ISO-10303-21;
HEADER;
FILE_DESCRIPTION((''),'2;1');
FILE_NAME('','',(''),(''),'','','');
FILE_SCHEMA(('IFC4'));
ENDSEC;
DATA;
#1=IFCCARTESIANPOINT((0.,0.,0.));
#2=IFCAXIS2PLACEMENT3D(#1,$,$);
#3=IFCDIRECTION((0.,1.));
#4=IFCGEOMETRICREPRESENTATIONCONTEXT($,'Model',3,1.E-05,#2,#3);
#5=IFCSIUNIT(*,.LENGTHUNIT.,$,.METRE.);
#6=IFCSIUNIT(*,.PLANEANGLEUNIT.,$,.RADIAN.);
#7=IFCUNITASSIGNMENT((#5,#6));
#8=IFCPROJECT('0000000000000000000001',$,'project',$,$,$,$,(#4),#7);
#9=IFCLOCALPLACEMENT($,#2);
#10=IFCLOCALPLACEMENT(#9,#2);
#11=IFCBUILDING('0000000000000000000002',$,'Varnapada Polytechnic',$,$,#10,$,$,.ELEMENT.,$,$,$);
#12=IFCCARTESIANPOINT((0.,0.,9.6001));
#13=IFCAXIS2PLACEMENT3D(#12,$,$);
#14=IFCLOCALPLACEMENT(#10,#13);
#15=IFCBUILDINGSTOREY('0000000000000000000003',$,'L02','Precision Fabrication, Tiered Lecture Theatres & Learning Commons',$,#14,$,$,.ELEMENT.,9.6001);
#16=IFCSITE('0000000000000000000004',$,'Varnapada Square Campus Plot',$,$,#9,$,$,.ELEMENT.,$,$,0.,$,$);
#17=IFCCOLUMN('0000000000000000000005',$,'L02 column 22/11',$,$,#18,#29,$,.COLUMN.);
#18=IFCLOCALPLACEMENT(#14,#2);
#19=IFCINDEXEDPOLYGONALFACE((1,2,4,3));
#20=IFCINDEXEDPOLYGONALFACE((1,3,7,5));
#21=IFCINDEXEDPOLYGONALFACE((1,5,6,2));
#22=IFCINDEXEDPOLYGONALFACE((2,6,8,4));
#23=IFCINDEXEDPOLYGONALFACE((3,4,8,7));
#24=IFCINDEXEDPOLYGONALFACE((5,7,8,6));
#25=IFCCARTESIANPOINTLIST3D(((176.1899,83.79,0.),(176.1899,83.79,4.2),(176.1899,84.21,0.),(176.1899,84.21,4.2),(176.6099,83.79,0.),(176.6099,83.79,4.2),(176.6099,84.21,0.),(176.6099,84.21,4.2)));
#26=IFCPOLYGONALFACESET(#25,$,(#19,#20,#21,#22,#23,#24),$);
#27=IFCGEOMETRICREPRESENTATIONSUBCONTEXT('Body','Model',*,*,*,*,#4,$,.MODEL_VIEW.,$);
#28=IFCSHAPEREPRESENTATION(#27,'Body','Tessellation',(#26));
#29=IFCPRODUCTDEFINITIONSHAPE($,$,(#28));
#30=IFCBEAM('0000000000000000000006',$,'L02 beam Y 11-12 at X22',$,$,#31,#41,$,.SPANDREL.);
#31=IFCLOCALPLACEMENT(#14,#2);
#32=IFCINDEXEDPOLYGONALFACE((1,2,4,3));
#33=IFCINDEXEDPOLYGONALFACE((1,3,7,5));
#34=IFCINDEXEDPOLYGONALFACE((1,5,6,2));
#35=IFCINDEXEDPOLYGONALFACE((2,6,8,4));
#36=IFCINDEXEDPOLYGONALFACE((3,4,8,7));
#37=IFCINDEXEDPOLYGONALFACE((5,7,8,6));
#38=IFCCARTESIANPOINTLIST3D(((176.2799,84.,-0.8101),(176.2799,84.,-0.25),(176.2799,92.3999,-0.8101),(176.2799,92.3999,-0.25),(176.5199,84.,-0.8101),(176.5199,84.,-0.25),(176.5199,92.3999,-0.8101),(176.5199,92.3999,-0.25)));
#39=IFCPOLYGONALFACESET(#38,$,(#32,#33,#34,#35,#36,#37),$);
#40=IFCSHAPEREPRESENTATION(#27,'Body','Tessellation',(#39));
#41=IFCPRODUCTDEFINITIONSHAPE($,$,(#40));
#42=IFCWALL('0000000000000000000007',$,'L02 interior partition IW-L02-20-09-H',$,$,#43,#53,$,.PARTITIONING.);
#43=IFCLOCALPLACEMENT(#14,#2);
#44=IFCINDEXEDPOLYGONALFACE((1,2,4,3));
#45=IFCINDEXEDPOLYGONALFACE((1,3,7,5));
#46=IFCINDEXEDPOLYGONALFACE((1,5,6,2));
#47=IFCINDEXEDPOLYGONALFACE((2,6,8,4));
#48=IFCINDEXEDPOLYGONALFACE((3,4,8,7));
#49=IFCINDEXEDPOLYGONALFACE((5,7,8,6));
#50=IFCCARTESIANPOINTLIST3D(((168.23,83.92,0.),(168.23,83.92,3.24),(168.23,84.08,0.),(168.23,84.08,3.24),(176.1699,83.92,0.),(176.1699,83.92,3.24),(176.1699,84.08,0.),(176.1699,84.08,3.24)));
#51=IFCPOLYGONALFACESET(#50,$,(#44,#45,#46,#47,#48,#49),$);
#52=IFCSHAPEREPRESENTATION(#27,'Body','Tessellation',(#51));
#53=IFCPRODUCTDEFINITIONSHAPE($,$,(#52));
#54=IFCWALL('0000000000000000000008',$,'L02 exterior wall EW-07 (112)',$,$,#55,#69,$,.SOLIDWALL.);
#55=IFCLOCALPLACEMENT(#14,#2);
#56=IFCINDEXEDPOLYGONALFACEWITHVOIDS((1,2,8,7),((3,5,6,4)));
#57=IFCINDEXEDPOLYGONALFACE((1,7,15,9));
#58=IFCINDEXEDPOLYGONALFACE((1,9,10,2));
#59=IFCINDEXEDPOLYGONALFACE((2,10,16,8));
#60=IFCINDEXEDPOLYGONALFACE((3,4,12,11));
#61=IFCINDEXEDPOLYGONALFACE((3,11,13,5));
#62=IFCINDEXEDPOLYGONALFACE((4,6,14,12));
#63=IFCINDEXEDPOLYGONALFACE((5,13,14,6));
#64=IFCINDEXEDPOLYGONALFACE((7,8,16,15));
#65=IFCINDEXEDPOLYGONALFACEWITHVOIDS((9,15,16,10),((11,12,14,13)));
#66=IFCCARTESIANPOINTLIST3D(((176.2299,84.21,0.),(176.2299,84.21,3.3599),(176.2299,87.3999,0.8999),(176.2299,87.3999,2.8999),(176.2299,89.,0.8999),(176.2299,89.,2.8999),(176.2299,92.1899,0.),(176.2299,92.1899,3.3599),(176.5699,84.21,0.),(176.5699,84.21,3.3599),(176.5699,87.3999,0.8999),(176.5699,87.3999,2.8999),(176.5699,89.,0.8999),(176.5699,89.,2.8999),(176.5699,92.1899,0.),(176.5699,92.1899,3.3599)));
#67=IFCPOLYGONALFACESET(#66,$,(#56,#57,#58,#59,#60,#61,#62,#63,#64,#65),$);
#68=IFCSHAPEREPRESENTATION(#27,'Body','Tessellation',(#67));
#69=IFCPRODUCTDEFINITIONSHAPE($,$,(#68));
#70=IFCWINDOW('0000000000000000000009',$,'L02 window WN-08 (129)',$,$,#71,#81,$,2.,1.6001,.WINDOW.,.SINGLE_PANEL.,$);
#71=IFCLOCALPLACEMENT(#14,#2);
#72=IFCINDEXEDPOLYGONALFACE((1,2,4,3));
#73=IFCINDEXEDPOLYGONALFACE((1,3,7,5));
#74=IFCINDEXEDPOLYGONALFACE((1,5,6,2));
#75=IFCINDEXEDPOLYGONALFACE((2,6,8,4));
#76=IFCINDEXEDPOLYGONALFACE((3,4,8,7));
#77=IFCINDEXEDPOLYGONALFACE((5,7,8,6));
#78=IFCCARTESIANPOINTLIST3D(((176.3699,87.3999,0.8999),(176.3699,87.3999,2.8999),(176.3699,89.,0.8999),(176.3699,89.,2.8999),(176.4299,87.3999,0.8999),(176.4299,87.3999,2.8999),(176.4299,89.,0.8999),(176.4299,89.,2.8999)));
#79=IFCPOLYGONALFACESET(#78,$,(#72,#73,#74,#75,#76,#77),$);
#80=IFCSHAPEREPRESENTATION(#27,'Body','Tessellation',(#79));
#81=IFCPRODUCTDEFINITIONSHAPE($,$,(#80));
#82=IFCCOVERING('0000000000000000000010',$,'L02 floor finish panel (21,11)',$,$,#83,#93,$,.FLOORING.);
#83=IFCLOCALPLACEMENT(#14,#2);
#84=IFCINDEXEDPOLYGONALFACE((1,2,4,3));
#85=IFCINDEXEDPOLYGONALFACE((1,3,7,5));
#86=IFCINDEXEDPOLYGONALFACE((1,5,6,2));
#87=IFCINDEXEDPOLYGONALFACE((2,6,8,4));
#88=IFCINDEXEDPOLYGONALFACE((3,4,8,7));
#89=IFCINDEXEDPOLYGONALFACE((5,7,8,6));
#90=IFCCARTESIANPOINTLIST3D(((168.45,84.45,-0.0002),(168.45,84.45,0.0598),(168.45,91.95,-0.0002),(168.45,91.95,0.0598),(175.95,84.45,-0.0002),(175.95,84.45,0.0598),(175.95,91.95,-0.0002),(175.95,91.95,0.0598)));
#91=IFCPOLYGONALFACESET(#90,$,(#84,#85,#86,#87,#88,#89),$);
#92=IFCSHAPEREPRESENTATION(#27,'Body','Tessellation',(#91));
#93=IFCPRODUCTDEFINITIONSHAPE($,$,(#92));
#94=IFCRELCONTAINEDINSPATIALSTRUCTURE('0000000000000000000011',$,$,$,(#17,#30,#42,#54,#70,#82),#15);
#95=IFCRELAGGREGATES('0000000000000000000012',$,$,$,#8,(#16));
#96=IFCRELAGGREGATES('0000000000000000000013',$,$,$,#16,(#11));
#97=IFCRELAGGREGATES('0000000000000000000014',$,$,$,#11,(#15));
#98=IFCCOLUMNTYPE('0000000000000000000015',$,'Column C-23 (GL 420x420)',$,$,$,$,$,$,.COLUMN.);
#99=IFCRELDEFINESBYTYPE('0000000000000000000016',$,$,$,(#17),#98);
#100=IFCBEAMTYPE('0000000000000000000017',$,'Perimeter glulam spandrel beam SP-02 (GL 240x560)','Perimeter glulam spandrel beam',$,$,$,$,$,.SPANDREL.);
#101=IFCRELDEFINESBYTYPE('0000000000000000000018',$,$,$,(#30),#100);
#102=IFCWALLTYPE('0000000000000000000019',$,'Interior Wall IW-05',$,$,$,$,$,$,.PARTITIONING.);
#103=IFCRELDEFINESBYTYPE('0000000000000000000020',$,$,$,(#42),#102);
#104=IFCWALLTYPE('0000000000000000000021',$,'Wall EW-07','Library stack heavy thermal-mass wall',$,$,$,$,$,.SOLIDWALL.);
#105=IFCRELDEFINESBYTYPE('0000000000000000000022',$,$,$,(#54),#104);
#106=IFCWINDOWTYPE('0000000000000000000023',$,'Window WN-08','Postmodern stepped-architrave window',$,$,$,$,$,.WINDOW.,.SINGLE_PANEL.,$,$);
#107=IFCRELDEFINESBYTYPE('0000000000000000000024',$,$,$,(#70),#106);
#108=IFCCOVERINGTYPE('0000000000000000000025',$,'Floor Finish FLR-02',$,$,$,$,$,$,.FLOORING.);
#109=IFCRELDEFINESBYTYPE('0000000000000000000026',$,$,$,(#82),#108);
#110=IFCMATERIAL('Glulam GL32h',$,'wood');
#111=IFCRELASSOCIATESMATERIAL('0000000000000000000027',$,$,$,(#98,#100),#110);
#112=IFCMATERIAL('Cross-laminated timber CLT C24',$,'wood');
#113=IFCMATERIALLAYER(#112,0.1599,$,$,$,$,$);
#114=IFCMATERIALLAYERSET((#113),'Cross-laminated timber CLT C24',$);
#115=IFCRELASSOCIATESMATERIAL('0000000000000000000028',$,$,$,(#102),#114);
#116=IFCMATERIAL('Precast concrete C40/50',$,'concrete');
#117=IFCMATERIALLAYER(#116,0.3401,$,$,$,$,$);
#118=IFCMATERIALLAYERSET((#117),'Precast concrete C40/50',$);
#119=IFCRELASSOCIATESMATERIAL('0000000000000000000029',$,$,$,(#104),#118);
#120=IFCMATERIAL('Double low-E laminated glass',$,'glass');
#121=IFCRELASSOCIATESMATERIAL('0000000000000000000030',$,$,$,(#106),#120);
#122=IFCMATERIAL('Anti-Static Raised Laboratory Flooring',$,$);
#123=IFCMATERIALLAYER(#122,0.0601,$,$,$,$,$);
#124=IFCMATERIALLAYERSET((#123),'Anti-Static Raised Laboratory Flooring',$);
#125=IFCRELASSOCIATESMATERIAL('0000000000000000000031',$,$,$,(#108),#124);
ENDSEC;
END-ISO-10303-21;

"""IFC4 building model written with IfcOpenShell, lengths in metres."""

from ifc_helpers import new_model, si_unit, direction, frame, frame_2d, origin, origin_2d, place, context, subcontext, project, spatial, rectangle, extrude, material, layer, layer_set, material_profile, profile_set, type_object, element, fill, save


model = new_model("IFC4")

# Units and contexts
model_context = context("Model", 3, precision=1e-05, world=origin(), true_north=direction((0.0, 1.0)))
body_context = subcontext(model_context, "Body", "Model", "MODEL_VIEW")
ifc_project = project(units=[si_unit("LENGTHUNIT", "METRE"), si_unit("PLANEANGLEUNIT", "RADIAN")], contexts=[model_context])

# Site, building, storey
site_placement = place(None, origin())
site = spatial("IfcSite", under=ifc_project, at=site_placement, Name="Varnapada Square Campus Plot", CompositionType="ELEMENT", RefElevation=0.0)
building_placement = place(site_placement, origin())
building = spatial("IfcBuilding", under=site, at=building_placement, Name="Varnapada Polytechnic", CompositionType="ELEMENT")
storey_placement = place(building_placement, frame((0.0, 0.0, 9.6001)))
storey = spatial("IfcBuildingStorey", under=building, at=storey_placement, Name="L02", Description="Precision Fabrication, Tiered Lecture Theatres & Learning Commons", CompositionType="ELEMENT", Elevation=9.6001)

# Column
ifc_material_1 = material(Name="Glulam GL32h", Category="wood")
ifc_material_profile_1 = material_profile(ifc_material_1, rectangle(XDim=0.4199, YDim=0.4199, at=origin_2d()), Name="GL 420x420")
ifc_profile_set_1 = profile_set([ifc_material_profile_1], Name="Glulam GL32h")
column_type = type_object("IfcColumnType", Name="Column C-23 (GL 420x420)", PredefinedType="COLUMN", material=ifc_profile_set_1)
column_placement = place(storey_placement, frame((176.3999, 84.0, 0.0), z_axis=(0.0, 0.0, 1.0), x_axis=(1.0, 0.0, 0.0)))
element("IfcColumn", 1, at=column_placement, inside=storey, type_object=column_type, Name="L02 column 22/11", PredefinedType="COLUMN", context=body_context, shape_type="SweptSolid", body=[
    extrude(rectangle(XDim=0.4199, YDim=0.4199, at=origin_2d()), origin(), (0.0, 0.0, 1.0), 4.2),
])

# Beam
ifc_material_profile_2 = material_profile(ifc_material_1, rectangle(XDim=0.24, YDim=0.5601, at=origin_2d()), Name="GL 240x560")
ifc_profile_set_2 = profile_set([ifc_material_profile_2], Name="Glulam GL32h")
beam_type = type_object("IfcBeamType", Name="Perimeter glulam spandrel beam SP-02 (GL 240x560)", Description="Perimeter glulam spandrel beam", PredefinedType="SPANDREL", material=ifc_profile_set_2)
beam_placement = place(storey_placement, frame((176.3999, 84.0, -0.53), z_axis=(0.0, 1.0, 0.0), x_axis=(-1.0, 0.0, 0.0)))
element("IfcBeam", 2, at=beam_placement, inside=storey, type_object=beam_type, Name="L02 beam Y 11-12 at X22", PredefinedType="SPANDREL", context=body_context, shape_type="SweptSolid", body=[
    extrude(rectangle(XDim=0.24, YDim=0.5601, at=origin_2d()), origin(), (0.0, 0.0, 1.0), 8.3999),
])

# Wall
ifc_material_2 = material(Name="Cross-laminated timber CLT C24", Category="wood")
ifc_layer_1 = layer(ifc_material_2, 0.1599)
ifc_layer_set_1 = layer_set([ifc_layer_1], Name="Cross-laminated timber CLT C24")
wall_type_1 = type_object("IfcWallType", Name="Interior Wall IW-05", PredefinedType="PARTITIONING", material=ifc_layer_set_1)
wall_1_placement = place(storey_placement, frame((168.23, 84.0, 0.0), z_axis=(0.0, 0.0, 1.0), x_axis=(1.0, 0.0, 0.0)))
element("IfcWall", 3, at=wall_1_placement, inside=storey, type_object=wall_type_1, Name="L02 interior partition IW-L02-20-09-H", PredefinedType="PARTITIONING", context=body_context, shape_type="SweptSolid", body=[
    extrude(rectangle(XDim=7.9399, YDim=0.1599, at=frame_2d((3.97, 0.0))), origin(), (0.0, 0.0, 1.0), 3.24),
])

# Wall, opening, window
ifc_material_3 = material(Name="Precast concrete C40/50", Category="concrete")
ifc_layer_2 = layer(ifc_material_3, 0.3401)
ifc_layer_set_2 = layer_set([ifc_layer_2], Name="Precast concrete C40/50")
wall_type_2 = type_object("IfcWallType", Name="Wall EW-07", Description="Library stack heavy thermal-mass wall", PredefinedType="SOLIDWALL", material=ifc_layer_set_2)
wall_2_placement = place(storey_placement, frame((176.3999, 92.1899, 0.0), z_axis=(0.0, 0.0, 1.0), x_axis=(0.0, -1.0, 0.0)))
wall_2 = element("IfcWall", 4, at=wall_2_placement, inside=storey, type_object=wall_type_2, Name="L02 exterior wall EW-07 (112)", PredefinedType="SOLIDWALL", context=body_context, shape_type="SweptSolid", body=[
    extrude(rectangle(XDim=7.98, YDim=0.3401, at=frame_2d((3.99, 0.0))), origin(), (0.0, 0.0, 1.0), 3.3599),
])
opening_1_placement = place(wall_2_placement, frame((3.1899, 0.0, 0.8999)))
opening_1 = element("IfcOpeningElement", 5, at=opening_1_placement, cuts=wall_2, PredefinedType="OPENING", context=body_context, shape_type="SweptSolid", body=[
    extrude(rectangle(XDim=1.6001, YDim=2.0, at=frame_2d((0.8, 1.0))), frame((0.0, 0.1799, 0.0), z_axis=(0.0, -1.0, 0.0), x_axis=(1.0, 0.0, 0.0)), (0.0, 0.0, 1.0), 0.3601),
])
ifc_material_4 = material(Name="Double low-E laminated glass", Category="glass")
window_type = type_object("IfcWindowType", Name="Window WN-08", Description="Postmodern stepped-architrave window", PartitioningType="SINGLE_PANEL", PredefinedType="WINDOW", material=ifc_material_4)
window_placement = place(opening_1_placement, origin())
window = element("IfcWindow", 6, at=window_placement, inside=storey, type_object=window_type, Name="L02 window WN-08 (129)", OverallHeight=2.0, OverallWidth=1.6001, PartitioningType="SINGLE_PANEL", PredefinedType="WINDOW", context=body_context, shape_type="SweptSolid", body=[
    extrude(rectangle(XDim=1.6001, YDim=2.0, at=frame_2d((0.8, 1.0))), frame((0.0, 0.03, 0.0), z_axis=(0.0, -1.0, 0.0), x_axis=(1.0, 0.0, 0.0)), (0.0, 0.0, 1.0), 0.0601),
])
fill(opening_1, window)

# Covering
ifc_material_5 = material(Name="Anti-Static Raised Laboratory Flooring")
ifc_layer_3 = layer(ifc_material_5, 0.0601)
ifc_layer_set_3 = layer_set([ifc_layer_3], Name="Anti-Static Raised Laboratory Flooring")
covering_type_1 = type_object("IfcCoveringType", Name="Floor Finish FLR-02", PredefinedType="FLOORING", material=ifc_layer_set_3)
covering_1_placement = place(storey_placement, frame((172.2, 88.2, -0.0002), z_axis=(0.0, 0.0, 1.0), x_axis=(1.0, 0.0, 0.0)))
element("IfcCovering", 7, at=covering_1_placement, inside=storey, type_object=covering_type_1, Name="L02 floor finish panel (21,11)", PredefinedType="FLOORING", context=body_context, shape_type="SweptSolid", body=[
    extrude(rectangle(XDim=7.5, YDim=7.5, at=origin_2d()), origin(), (0.0, 0.0, 1.0), 0.0601),
])

save(model, "model.ifc")
